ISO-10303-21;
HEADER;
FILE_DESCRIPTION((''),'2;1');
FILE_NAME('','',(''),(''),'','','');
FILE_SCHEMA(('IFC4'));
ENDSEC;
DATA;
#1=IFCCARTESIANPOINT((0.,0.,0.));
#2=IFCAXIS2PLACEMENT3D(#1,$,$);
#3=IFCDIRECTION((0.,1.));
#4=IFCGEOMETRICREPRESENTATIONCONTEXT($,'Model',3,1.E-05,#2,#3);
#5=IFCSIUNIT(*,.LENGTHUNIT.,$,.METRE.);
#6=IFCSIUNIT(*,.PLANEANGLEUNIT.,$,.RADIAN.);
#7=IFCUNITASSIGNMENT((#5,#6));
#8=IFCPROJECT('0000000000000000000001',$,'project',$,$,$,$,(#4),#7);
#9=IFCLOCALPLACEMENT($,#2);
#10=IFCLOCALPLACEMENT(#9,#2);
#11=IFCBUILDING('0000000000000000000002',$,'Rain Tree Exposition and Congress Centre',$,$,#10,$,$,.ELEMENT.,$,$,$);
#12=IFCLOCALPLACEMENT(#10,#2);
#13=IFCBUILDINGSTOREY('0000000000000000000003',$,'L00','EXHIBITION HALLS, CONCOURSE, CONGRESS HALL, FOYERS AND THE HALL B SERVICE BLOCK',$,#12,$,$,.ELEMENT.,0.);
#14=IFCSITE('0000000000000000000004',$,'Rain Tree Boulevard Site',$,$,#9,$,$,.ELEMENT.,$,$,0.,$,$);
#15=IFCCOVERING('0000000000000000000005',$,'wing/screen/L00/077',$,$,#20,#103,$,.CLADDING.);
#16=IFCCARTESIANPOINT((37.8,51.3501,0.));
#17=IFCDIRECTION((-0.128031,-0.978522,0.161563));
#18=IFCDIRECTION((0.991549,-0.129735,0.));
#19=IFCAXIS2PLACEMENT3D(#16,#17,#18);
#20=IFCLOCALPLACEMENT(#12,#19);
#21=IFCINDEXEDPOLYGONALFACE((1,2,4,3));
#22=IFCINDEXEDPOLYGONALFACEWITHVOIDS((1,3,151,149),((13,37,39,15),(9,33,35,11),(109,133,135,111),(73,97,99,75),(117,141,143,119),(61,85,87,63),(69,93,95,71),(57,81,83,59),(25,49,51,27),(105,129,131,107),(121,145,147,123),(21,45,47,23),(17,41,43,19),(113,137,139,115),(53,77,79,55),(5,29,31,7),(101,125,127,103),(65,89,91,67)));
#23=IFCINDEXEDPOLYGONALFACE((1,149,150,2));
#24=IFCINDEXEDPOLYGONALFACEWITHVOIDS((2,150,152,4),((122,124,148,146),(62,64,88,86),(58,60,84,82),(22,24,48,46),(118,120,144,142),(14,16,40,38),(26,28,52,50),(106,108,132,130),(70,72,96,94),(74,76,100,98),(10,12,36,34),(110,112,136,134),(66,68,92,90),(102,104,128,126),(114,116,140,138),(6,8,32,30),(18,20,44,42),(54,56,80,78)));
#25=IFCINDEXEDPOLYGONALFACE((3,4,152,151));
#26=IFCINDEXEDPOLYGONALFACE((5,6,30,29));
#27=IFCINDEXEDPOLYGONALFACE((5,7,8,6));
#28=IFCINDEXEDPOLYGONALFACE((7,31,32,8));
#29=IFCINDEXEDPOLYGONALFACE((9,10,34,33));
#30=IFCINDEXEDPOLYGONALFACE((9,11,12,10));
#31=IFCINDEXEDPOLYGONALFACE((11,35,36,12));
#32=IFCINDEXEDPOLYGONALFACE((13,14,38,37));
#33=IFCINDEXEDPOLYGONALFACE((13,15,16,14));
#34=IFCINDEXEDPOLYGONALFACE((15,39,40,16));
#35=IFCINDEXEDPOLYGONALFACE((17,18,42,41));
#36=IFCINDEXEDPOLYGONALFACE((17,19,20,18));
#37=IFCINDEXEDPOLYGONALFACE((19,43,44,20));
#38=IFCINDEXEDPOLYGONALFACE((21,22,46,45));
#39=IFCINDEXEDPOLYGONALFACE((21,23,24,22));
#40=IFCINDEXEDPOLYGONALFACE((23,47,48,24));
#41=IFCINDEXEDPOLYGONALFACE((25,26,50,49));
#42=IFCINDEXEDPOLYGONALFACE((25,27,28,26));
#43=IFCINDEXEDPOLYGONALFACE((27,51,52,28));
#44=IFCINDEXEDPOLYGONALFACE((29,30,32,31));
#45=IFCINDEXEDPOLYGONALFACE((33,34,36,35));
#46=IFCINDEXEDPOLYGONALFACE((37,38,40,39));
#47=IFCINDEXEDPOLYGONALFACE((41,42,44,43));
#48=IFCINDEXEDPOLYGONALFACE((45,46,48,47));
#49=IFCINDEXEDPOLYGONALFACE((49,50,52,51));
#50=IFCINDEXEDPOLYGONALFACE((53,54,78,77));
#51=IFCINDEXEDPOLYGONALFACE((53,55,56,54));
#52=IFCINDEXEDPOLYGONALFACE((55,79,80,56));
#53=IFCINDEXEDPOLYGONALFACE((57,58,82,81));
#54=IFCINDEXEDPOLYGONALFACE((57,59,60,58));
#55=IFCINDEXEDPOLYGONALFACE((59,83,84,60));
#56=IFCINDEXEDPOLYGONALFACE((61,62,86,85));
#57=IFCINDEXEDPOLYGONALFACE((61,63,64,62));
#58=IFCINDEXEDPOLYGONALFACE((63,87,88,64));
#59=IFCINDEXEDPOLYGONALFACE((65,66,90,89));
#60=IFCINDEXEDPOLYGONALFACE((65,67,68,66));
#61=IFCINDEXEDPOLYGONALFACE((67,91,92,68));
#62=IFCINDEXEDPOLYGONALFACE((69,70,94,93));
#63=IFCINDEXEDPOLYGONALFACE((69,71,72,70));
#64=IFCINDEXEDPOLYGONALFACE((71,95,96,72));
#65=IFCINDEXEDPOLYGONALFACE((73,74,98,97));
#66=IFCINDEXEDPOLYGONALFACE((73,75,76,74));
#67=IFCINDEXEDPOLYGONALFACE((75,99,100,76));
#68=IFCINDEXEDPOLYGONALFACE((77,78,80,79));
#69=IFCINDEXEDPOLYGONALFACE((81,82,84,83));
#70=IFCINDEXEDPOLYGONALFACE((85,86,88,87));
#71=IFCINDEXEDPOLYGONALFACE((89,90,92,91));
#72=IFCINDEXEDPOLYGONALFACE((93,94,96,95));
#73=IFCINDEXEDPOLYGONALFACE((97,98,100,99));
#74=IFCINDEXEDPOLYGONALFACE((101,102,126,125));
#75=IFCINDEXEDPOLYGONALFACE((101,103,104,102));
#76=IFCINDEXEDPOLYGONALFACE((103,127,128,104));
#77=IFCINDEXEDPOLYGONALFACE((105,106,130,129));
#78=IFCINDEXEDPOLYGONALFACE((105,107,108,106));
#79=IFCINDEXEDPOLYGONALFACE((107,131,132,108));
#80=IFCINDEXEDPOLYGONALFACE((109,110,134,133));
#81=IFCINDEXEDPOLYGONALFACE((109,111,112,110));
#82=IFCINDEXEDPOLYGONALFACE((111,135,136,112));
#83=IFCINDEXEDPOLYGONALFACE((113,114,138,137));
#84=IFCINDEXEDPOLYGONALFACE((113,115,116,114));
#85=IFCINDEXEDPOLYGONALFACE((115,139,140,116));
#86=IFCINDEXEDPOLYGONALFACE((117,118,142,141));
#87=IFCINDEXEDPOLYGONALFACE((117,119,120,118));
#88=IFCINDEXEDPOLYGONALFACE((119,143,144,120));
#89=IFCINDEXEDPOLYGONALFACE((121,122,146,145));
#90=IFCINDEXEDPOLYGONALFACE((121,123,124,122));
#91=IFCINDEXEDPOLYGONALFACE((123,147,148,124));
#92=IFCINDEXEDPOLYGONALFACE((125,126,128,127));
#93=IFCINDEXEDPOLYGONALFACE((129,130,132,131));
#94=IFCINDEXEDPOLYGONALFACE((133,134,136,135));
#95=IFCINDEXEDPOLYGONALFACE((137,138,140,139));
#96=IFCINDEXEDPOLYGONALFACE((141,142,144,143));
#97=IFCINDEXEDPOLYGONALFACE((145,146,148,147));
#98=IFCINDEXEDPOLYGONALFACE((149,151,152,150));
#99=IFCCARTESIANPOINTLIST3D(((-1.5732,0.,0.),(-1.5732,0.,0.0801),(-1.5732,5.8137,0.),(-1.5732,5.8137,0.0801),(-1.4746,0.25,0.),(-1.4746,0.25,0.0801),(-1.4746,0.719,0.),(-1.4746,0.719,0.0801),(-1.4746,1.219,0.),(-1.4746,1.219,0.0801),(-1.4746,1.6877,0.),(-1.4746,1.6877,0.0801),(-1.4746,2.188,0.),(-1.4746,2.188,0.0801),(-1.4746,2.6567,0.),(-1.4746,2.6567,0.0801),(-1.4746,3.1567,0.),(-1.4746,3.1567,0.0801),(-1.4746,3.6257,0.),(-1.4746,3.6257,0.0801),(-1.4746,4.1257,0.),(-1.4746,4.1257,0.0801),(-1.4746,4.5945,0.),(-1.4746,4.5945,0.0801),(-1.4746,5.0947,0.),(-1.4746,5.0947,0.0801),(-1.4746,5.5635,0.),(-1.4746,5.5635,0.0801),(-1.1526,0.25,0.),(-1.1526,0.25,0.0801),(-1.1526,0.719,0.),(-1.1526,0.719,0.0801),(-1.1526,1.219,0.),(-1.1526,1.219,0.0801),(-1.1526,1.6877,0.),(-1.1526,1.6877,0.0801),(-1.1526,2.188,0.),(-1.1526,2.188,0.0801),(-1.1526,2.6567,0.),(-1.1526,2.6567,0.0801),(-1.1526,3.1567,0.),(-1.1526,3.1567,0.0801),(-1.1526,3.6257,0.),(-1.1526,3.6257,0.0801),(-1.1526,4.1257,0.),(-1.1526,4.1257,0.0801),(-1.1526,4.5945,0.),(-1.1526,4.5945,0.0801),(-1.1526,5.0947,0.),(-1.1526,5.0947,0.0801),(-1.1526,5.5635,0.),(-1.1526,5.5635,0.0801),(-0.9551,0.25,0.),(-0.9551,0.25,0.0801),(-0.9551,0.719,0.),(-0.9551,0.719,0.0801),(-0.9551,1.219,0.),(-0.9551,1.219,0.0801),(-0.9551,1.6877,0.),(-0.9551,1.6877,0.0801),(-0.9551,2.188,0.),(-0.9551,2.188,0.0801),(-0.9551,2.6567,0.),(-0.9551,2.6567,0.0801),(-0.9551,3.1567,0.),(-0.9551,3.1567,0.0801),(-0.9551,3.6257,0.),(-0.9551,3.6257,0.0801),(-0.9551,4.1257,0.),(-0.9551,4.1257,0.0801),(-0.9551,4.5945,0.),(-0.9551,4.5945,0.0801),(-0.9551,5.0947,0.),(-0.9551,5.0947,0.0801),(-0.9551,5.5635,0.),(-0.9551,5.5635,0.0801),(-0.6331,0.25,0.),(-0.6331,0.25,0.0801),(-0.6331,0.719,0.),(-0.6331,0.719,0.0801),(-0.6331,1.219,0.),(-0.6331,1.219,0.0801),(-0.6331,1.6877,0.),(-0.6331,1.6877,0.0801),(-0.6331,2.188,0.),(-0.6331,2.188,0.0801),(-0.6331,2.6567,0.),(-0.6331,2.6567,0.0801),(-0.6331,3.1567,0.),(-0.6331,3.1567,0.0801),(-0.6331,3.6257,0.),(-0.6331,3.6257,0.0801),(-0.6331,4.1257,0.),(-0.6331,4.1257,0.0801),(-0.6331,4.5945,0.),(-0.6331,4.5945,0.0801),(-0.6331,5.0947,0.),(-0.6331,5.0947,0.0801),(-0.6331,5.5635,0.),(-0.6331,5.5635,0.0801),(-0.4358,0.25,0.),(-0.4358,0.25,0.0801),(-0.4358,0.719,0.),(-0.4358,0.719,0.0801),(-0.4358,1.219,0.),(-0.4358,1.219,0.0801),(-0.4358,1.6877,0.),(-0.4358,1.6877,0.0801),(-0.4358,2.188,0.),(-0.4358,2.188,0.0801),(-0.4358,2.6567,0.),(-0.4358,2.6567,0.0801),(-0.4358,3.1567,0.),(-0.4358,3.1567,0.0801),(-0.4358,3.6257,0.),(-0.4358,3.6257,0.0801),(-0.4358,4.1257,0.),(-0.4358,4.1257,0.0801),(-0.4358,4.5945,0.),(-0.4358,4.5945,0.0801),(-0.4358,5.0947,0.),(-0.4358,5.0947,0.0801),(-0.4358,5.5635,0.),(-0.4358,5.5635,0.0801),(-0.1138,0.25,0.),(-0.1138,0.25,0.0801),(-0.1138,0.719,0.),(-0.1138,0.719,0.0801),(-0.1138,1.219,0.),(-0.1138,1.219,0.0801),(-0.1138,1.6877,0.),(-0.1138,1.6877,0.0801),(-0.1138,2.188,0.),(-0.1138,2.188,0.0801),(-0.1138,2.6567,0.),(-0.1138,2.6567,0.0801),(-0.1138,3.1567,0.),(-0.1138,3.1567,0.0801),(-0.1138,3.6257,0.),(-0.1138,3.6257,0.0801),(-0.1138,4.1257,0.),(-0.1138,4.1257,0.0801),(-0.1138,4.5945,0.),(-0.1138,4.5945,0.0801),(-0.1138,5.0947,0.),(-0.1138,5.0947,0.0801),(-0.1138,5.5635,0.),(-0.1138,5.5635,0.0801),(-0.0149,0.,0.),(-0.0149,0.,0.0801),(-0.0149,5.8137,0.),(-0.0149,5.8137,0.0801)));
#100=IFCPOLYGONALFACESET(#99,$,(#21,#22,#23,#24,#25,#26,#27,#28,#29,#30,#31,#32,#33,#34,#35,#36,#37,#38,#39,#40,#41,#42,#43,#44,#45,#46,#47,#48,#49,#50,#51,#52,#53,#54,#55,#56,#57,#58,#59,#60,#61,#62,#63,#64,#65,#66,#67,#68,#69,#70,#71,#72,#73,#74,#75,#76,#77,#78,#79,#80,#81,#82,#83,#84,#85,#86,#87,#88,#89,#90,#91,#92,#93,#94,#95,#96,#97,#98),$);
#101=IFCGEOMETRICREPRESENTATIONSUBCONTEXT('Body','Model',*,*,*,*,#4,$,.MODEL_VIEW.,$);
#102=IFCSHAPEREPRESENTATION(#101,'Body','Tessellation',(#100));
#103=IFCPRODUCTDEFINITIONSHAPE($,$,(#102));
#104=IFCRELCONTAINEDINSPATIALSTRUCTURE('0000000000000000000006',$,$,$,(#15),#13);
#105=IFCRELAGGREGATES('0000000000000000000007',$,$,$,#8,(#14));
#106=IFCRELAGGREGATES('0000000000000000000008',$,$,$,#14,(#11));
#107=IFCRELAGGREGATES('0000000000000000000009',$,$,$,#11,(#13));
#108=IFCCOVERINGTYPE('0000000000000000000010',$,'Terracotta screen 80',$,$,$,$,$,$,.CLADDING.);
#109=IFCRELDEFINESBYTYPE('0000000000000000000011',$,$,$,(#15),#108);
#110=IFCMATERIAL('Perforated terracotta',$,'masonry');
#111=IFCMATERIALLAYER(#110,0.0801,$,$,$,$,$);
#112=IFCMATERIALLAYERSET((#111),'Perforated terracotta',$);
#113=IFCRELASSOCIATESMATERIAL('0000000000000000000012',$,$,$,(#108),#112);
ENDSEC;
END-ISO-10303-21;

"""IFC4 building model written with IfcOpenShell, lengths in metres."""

from ifc_helpers import new_model, si_unit, direction, frame, origin, place, context, subcontext, project, spatial, polyline, outline, extrude, material, layer, layer_set, type_object, element, save


model = new_model("IFC4")

# Units and contexts
model_context = context("Model", 3, precision=1e-05, world=origin(), true_north=direction((0.0, 1.0)))
body_context = subcontext(model_context, "Body", "Model", "MODEL_VIEW")
ifc_project = project(units=[si_unit("LENGTHUNIT", "METRE"), si_unit("PLANEANGLEUNIT", "RADIAN")], contexts=[model_context])

# Site, building, storey
site_placement = place(None, origin())
site = spatial("IfcSite", under=ifc_project, at=site_placement, Name="Rain Tree Boulevard Site", CompositionType="ELEMENT", RefElevation=0.0)
building_placement = place(site_placement, origin())
building = spatial("IfcBuilding", under=site, at=building_placement, Name="Rain Tree Exposition and Congress Centre", CompositionType="ELEMENT")
storey_placement = place(building_placement, origin())
storey = spatial("IfcBuildingStorey", under=building, at=storey_placement, Name="L00", Description="EXHIBITION HALLS, CONCOURSE, CONGRESS HALL, FOYERS AND THE HALL B SERVICE BLOCK", CompositionType="ELEMENT", Elevation=0.0)

# Covering
ifc_material_1 = material(Name="Perforated terracotta", Category="masonry")
ifc_layer_1 = layer(ifc_material_1, 0.0801)
ifc_layer_set_1 = layer_set([ifc_layer_1], Name="Perforated terracotta")
covering_type = type_object("IfcCoveringType", Name="Terracotta screen 80", PredefinedType="CLADDING", material=ifc_layer_set_1)
covering_1_placement = place(storey_placement, frame((37.8, 51.3501, 0.0), z_axis=(-0.128031, -0.978522, 0.161563), x_axis=(0.991549, -0.129735, 0.0)))
element("IfcCovering", 1, at=covering_1_placement, inside=storey, type_object=covering_type, Name="wing/screen/L00/077", PredefinedType="CLADDING", context=body_context, shape_type="SweptSolid", body=[
    extrude(outline(polyline([(-0.0149, 5.8137), (-0.0149, 0.0), (-1.5732, 0.0), (-1.5732, 5.8137), (-0.0149, 5.8137)]), holes=[polyline([(-0.1138, 0.25), (-0.1138, 0.719), (-0.4358, 0.719), (-0.4358, 0.25), (-0.1138, 0.25)]), polyline([(-0.1138, 1.219), (-0.1138, 1.6877), (-0.4358, 1.6877), (-0.4358, 1.219), (-0.1138, 1.219)]), polyline([(-0.1138, 2.188), (-0.1138, 2.6567), (-0.4358, 2.6567), (-0.4358, 2.188), (-0.1138, 2.188)]), polyline([(-0.1138, 3.1567), (-0.1138, 3.6257), (-0.4358, 3.6257), (-0.4358, 3.1567), (-0.1138, 3.1567)]), polyline([(-0.1138, 4.1257), (-0.1138, 4.5945), (-0.4358, 4.5945), (-0.4358, 4.1257), (-0.1138, 4.1257)]), polyline([(-0.1138, 5.0947), (-0.1138, 5.5635), (-0.4358, 5.5635), (-0.4358, 5.0947), (-0.1138, 5.0947)]), polyline([(-0.6331, 0.25), (-0.6331, 0.719), (-0.9551, 0.719), (-0.9551, 0.25), (-0.6331, 0.25)]), polyline([(-0.6331, 1.219), (-0.6331, 1.6877), (-0.9551, 1.6877), (-0.9551, 1.219), (-0.6331, 1.219)]), polyline([(-0.6331, 2.188), (-0.6331, 2.6567), (-0.9551, 2.6567), (-0.9551, 2.188), (-0.6331, 2.188)]), polyline([(-0.6331, 3.1567), (-0.6331, 3.6257), (-0.9551, 3.6257), (-0.9551, 3.1567), (-0.6331, 3.1567)]), polyline([(-0.6331, 4.1257), (-0.6331, 4.5945), (-0.9551, 4.5945), (-0.9551, 4.1257), (-0.6331, 4.1257)]), polyline([(-0.6331, 5.0947), (-0.6331, 5.5635), (-0.9551, 5.5635), (-0.9551, 5.0947), (-0.6331, 5.0947)]), polyline([(-1.1526, 0.25), (-1.1526, 0.719), (-1.4746, 0.719), (-1.4746, 0.25), (-1.1526, 0.25)]), polyline([(-1.1526, 1.219), (-1.1526, 1.6877), (-1.4746, 1.6877), (-1.4746, 1.219), (-1.1526, 1.219)]), polyline([(-1.1526, 2.188), (-1.1526, 2.6567), (-1.4746, 2.6567), (-1.4746, 2.188), (-1.1526, 2.188)]), polyline([(-1.1526, 3.1567), (-1.1526, 3.6257), (-1.4746, 3.6257), (-1.4746, 3.1567), (-1.1526, 3.1567)]), polyline([(-1.1526, 4.1257), (-1.1526, 4.5945), (-1.4746, 4.5945), (-1.4746, 4.1257), (-1.1526, 4.1257)]), polyline([(-1.1526, 5.0947), (-1.1526, 5.5635), (-1.4746, 5.5635), (-1.4746, 5.0947), (-1.1526, 5.0947)])]), origin(), (0.0, 0.0, 1.0), 0.0801),
])

save(model, "model.ifc")
